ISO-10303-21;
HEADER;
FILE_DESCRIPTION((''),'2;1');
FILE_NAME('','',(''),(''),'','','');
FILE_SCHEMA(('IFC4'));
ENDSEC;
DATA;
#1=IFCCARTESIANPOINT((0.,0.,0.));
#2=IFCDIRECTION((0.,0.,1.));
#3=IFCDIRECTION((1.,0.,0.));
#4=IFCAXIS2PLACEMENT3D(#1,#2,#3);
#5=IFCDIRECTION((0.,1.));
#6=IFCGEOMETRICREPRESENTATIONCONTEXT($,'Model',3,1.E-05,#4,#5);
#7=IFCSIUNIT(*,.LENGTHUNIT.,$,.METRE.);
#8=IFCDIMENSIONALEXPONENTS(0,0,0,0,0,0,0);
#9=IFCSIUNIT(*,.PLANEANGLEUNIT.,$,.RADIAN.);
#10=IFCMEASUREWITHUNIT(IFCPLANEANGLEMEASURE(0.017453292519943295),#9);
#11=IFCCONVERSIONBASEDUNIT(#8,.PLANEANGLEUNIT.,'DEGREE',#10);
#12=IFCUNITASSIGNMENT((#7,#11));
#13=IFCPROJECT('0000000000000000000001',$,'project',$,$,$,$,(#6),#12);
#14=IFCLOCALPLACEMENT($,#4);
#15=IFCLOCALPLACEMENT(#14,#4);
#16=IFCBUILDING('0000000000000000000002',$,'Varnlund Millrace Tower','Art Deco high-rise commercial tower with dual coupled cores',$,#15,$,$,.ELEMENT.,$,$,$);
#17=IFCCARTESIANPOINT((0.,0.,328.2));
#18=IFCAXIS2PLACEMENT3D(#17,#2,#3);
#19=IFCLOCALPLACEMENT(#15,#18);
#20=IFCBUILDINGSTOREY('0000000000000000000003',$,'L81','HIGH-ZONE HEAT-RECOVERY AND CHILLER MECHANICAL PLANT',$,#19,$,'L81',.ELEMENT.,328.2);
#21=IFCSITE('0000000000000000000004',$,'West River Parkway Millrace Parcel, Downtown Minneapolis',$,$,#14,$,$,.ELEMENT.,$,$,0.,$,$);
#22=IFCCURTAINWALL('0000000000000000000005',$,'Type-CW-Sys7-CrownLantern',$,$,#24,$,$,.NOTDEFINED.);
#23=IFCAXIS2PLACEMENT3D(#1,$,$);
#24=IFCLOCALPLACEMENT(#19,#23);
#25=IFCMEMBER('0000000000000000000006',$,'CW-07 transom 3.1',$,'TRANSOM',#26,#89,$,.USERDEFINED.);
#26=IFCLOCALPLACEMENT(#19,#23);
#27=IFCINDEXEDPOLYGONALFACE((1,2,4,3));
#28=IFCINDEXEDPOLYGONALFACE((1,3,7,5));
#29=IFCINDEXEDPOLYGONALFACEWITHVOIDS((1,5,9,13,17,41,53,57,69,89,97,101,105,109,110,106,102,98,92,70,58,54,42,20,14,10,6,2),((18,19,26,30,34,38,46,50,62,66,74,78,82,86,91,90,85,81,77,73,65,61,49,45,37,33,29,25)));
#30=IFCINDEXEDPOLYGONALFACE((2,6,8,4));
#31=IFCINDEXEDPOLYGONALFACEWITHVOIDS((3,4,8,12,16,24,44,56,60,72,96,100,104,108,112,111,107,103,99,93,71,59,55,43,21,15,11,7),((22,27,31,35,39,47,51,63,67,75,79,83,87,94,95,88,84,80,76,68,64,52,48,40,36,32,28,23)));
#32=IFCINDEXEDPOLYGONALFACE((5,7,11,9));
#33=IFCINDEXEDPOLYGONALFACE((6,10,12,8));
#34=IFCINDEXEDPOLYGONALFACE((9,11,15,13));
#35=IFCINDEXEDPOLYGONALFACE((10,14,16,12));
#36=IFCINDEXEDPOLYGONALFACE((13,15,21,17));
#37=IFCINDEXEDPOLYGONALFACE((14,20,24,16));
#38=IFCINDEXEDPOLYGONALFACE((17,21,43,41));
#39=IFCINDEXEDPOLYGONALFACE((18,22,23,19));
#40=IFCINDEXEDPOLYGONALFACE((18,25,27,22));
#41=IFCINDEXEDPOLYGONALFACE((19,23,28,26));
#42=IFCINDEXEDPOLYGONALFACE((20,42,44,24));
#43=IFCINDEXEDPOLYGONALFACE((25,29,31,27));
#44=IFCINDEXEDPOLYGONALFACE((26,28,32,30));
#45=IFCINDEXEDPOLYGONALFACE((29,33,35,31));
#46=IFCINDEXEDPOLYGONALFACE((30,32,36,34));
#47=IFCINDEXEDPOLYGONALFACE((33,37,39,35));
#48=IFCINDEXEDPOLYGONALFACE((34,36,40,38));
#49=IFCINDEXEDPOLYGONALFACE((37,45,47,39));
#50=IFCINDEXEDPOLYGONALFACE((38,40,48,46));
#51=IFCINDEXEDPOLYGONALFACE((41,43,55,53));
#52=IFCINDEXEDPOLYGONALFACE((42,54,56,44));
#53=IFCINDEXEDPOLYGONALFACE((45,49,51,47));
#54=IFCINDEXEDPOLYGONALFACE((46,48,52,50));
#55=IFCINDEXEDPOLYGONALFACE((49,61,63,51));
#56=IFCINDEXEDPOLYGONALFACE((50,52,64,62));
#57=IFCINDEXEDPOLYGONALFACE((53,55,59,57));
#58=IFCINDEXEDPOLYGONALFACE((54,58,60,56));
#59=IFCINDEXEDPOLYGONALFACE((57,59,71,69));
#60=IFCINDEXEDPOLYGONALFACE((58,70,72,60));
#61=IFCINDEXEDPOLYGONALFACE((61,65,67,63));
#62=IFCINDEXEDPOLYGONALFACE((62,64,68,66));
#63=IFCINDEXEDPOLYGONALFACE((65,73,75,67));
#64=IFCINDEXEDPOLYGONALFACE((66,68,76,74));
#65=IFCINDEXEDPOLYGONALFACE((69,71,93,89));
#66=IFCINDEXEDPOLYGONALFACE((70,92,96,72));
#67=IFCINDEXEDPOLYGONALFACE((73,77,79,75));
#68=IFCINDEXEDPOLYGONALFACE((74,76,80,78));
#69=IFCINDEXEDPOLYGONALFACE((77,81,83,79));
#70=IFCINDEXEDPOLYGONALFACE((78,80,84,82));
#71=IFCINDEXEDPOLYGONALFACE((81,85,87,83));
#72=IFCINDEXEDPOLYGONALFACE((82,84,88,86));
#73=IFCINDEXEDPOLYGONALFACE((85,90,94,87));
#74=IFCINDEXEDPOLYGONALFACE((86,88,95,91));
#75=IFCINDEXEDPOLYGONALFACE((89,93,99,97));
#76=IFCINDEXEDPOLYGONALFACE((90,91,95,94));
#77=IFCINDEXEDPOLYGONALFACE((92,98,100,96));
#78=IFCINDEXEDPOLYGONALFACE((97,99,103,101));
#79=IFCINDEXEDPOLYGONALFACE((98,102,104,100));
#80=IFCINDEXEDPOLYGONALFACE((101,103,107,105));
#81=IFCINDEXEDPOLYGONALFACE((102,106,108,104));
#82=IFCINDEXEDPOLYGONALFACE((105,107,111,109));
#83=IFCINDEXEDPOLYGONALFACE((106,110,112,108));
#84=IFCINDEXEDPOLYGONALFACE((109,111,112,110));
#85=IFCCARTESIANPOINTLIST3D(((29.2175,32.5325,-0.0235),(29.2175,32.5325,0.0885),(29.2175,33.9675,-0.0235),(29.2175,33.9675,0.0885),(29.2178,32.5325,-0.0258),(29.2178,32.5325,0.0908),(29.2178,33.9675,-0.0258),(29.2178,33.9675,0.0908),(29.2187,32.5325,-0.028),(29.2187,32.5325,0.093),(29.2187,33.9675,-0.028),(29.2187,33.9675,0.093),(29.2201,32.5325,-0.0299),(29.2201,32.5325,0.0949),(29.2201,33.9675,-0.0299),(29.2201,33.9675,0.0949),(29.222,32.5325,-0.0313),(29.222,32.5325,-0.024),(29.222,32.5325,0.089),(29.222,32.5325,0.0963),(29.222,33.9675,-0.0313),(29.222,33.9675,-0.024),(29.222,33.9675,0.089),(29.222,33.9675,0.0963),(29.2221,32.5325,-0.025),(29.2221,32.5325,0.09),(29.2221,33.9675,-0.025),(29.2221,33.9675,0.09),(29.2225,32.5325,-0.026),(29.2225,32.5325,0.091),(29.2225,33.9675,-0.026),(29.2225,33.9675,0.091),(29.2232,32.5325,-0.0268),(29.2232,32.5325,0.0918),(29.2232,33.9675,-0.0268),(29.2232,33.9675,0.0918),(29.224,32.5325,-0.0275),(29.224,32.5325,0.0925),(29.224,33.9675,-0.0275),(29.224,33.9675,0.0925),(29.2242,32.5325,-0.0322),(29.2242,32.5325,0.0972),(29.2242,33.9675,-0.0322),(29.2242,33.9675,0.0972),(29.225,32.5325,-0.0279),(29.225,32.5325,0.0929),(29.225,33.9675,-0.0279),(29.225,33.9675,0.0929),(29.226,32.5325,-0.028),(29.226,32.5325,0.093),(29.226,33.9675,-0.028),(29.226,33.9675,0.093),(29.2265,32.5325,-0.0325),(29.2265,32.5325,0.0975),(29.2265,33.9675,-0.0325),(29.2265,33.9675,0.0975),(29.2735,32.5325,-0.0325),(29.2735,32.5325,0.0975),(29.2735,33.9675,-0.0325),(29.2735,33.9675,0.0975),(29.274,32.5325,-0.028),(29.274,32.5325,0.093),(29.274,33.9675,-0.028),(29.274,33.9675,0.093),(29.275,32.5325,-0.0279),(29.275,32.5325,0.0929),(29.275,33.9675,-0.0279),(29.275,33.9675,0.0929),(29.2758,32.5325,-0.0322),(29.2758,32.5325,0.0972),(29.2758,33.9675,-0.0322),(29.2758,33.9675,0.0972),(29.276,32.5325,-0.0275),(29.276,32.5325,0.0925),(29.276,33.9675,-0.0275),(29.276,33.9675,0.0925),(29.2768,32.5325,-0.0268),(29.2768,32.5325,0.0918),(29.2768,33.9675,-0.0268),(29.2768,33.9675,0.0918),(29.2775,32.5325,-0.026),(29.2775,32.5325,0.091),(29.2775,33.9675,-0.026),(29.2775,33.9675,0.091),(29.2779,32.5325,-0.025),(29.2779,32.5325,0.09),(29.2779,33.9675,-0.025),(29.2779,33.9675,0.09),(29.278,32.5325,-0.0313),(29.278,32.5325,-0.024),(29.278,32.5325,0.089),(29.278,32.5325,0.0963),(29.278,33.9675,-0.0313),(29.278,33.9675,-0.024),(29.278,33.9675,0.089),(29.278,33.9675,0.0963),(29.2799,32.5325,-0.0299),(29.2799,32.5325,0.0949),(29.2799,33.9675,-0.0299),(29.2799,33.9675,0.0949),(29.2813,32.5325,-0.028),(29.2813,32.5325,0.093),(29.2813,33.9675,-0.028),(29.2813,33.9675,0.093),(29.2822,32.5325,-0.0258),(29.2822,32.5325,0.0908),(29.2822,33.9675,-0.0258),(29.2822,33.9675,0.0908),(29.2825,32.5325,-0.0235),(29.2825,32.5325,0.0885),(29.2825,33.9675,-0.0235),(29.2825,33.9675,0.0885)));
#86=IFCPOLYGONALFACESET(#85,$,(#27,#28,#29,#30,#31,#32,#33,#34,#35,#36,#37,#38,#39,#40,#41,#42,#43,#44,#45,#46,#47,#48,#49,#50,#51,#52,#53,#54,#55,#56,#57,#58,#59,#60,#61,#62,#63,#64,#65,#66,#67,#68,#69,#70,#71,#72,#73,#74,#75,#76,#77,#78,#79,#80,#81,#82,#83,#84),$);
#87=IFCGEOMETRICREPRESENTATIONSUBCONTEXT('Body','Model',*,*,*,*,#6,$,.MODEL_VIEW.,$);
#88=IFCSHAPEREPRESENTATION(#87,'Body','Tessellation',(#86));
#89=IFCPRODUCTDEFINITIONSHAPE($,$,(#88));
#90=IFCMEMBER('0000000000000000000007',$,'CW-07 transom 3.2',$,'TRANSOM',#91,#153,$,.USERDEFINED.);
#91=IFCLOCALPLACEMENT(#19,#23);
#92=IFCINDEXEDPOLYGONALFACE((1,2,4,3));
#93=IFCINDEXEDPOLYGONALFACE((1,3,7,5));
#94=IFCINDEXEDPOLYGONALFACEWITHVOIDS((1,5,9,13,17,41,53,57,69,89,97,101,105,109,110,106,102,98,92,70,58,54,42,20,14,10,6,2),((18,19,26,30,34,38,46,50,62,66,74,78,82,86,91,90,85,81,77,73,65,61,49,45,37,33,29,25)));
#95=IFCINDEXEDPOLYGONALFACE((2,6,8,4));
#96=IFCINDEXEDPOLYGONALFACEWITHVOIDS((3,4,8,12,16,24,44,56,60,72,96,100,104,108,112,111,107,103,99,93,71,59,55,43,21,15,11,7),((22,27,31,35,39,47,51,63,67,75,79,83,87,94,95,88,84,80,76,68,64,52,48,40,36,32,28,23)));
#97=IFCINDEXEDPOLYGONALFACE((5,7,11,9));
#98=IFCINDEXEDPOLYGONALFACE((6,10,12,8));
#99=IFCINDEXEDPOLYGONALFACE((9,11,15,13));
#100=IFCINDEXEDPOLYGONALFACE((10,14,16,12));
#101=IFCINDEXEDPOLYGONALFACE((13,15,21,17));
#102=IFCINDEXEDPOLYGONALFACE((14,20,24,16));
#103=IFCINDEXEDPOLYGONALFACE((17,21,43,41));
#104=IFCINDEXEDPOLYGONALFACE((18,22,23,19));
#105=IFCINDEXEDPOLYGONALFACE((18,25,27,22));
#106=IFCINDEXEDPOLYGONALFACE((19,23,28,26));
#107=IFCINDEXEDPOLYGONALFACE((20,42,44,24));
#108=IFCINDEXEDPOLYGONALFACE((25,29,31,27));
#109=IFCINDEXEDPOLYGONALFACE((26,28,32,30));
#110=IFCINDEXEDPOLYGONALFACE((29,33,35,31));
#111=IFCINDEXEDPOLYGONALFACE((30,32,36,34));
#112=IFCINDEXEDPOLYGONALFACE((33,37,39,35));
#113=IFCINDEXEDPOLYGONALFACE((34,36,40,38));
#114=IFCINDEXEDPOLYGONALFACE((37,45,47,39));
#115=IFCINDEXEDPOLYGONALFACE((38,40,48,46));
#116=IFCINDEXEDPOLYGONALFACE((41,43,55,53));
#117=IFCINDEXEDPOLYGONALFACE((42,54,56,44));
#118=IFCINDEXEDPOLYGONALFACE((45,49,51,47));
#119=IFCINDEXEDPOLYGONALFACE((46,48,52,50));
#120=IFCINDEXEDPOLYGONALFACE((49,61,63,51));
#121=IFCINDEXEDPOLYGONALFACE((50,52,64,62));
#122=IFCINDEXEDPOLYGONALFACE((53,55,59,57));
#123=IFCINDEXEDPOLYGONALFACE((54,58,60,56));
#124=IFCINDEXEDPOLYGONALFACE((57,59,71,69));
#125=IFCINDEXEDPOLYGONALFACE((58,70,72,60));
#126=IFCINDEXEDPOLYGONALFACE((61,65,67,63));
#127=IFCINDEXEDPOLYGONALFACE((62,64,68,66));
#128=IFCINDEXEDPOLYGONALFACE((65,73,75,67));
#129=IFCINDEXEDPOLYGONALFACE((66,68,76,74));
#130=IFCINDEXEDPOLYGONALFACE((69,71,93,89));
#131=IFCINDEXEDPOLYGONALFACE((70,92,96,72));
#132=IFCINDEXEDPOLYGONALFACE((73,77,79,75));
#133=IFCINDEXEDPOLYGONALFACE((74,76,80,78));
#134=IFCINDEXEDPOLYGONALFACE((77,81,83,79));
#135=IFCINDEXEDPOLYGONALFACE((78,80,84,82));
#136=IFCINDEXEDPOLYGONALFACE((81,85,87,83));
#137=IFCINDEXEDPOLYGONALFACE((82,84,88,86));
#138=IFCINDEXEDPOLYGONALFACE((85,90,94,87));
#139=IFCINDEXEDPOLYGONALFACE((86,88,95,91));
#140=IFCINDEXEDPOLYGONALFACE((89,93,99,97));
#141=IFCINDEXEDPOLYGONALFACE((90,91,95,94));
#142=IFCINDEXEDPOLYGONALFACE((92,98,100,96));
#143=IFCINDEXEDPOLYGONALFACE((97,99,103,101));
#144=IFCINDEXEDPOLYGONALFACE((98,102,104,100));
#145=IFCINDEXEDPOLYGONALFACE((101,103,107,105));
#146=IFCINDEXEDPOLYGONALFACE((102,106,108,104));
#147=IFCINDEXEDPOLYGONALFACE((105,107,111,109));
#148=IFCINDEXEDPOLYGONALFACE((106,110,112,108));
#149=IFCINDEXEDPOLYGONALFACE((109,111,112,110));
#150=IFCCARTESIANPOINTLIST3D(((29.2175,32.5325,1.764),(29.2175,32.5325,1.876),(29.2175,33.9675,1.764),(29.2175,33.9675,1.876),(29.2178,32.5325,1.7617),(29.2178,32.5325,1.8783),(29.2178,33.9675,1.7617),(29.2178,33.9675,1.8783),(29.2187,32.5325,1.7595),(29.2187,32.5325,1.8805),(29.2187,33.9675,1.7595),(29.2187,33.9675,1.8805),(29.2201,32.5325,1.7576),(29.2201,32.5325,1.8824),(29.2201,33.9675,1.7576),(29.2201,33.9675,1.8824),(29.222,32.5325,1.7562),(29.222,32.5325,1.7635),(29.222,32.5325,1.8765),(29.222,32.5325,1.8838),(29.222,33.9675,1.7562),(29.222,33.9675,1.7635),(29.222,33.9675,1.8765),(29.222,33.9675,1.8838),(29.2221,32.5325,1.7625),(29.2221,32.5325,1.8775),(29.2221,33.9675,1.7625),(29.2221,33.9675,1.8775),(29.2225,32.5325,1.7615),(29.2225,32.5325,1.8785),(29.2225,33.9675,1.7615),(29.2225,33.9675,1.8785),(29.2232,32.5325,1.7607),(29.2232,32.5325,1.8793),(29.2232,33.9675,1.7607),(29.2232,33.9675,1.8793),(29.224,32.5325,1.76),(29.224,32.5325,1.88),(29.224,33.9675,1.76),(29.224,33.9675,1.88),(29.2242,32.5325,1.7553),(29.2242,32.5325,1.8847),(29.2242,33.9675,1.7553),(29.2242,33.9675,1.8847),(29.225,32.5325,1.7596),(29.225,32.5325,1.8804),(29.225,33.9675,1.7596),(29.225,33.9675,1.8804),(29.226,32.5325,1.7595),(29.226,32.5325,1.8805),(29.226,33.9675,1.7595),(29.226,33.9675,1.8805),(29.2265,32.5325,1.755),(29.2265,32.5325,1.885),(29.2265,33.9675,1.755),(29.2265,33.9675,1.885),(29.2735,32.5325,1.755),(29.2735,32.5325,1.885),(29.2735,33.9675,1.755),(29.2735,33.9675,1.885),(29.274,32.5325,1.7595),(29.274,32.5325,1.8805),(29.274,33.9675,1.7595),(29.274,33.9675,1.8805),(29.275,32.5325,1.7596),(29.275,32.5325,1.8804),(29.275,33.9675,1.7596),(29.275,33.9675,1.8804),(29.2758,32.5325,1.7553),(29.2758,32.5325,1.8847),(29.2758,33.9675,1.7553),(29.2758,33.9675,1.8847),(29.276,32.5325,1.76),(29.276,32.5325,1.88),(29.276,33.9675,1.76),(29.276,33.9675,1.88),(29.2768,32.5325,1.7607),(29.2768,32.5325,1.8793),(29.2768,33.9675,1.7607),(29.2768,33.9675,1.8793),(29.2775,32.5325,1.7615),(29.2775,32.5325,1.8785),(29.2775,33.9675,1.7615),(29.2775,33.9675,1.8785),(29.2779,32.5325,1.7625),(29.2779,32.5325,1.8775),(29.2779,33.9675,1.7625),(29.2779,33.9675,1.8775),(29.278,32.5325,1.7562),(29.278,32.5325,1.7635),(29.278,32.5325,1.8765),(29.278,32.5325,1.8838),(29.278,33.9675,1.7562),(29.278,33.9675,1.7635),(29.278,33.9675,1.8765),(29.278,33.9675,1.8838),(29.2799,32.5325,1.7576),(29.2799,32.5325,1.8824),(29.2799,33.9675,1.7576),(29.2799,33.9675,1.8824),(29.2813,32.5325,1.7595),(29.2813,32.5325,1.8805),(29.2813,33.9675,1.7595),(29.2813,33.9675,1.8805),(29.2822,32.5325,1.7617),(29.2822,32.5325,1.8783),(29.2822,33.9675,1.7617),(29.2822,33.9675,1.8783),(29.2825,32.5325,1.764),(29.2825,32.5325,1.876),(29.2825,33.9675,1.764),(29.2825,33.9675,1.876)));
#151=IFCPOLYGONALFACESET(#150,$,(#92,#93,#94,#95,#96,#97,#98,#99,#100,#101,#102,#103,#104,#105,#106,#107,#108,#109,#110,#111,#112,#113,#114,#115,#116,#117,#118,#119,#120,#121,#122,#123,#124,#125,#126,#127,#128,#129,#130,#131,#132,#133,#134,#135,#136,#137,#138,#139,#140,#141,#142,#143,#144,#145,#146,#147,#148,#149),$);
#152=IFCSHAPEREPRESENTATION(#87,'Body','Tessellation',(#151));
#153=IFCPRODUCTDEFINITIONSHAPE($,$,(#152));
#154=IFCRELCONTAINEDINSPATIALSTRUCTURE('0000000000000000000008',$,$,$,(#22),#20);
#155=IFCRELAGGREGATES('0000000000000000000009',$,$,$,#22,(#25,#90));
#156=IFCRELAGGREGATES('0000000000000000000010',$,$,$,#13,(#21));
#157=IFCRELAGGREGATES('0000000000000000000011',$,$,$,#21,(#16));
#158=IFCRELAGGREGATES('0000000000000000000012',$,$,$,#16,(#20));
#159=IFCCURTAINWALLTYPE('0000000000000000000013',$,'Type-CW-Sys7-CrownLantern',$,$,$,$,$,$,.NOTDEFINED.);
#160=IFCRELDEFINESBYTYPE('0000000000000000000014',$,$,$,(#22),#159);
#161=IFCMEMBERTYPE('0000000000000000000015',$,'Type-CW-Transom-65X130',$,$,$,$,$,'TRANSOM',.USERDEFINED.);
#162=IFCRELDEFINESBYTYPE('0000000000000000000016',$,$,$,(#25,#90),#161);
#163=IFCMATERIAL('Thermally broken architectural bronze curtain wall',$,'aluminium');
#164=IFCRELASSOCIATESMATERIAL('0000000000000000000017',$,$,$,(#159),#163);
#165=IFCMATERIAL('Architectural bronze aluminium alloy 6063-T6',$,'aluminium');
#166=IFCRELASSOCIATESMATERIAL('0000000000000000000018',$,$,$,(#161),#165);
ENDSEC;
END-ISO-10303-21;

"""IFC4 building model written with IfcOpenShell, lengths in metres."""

from ifc_helpers import new_model, entity, si_unit, converted_unit, direction, frame, origin_with_axes, origin_2d_with_axis, place, context, subcontext, project, spatial, hollow_rectangle, extrude, material, material_profile, profile_set, type_object, element, aggregate, save


model = new_model("IFC4")

# Units and contexts
model_context = context("Model", 3, precision=1e-05, world=origin_with_axes(), true_north=direction((0.0, 1.0)))
body_context = subcontext(model_context, "Body", "Model", "MODEL_VIEW")
ifc_project = project(units=[si_unit("LENGTHUNIT", "METRE"), converted_unit("PLANEANGLEUNIT", "DEGREE", entity("IfcPlaneAngleMeasure", 0.017453292519943295), si_unit("PLANEANGLEUNIT", "RADIAN"), dimensions=[0, 0, 0, 0, 0, 0, 0])], contexts=[model_context])

# Site, building, storey
site_placement = place(None, origin_with_axes())
site = spatial("IfcSite", under=ifc_project, at=site_placement, Name="West River Parkway Millrace Parcel, Downtown Minneapolis", CompositionType="ELEMENT", RefElevation=0.0)
building_placement = place(site_placement, origin_with_axes())
building = spatial("IfcBuilding", under=site, at=building_placement, Name="Varnlund Millrace Tower", Description="Art Deco high-rise commercial tower with dual coupled cores", CompositionType="ELEMENT")
storey_placement = place(building_placement, frame((0.0, 0.0, 328.2), z_axis=(0.0, 0.0, 1.0), x_axis=(1.0, 0.0, 0.0)))
storey = spatial("IfcBuildingStorey", under=building, at=storey_placement, Name="L81", Description="HIGH-ZONE HEAT-RECOVERY AND CHILLER MECHANICAL PLANT", LongName="L81", CompositionType="ELEMENT", Elevation=328.2)

# Curtain wall, members
ifc_material_1 = material(Name="Thermally broken architectural bronze curtain wall", Category="aluminium")
curtain_wall_type = type_object("IfcCurtainWallType", Name="Type-CW-Sys7-CrownLantern", PredefinedType="NOTDEFINED", material=ifc_material_1)
curtain_wall_1_placement = place(storey_placement, frame((29.25, 37.0, 0.0), z_axis=(0.0, 0.0, 1.0), x_axis=(1.0, 0.0, 0.0)))
curtain_wall_1 = element("IfcCurtainWall", 1, at=curtain_wall_1_placement, inside=storey, type_object=curtain_wall_type, Name="Type-CW-Sys7-CrownLantern", PredefinedType="NOTDEFINED")
ifc_material_2 = material(Name="Architectural bronze aluminium alloy 6063-T6", Category="aluminium")
ifc_material_profile_1 = material_profile(ifc_material_2, hollow_rectangle(XDim=0.065, YDim=0.13, WallThickness=0.0045, InnerFilletRadius=0.004, OuterFilletRadius=0.009, at=origin_2d_with_axis()), Name="Architectural bronze aluminium alloy 6063-T6")
ifc_profile_set_1 = profile_set([ifc_material_profile_1], Name="Architectural bronze aluminium alloy 6063-T6")
member_type = type_object("IfcMemberType", Name="Type-CW-Transom-65X130", ElementType="TRANSOM", PredefinedType="USERDEFINED", material=ifc_profile_set_1)
member_1_placement = place(storey_placement, frame((29.25, 33.9675, 0.0325), z_axis=(0.0, -1.0, 0.0), x_axis=(1.0, 0.0, 0.0)))
member_1 = element("IfcMember", 2, at=member_1_placement, type_object=member_type, Name="CW-07 transom 3.1", ObjectType="TRANSOM", PredefinedType="USERDEFINED", context=body_context, shape_type="SweptSolid", body=[
    extrude(hollow_rectangle(XDim=0.065, YDim=0.13, WallThickness=0.0045, InnerFilletRadius=0.004, OuterFilletRadius=0.009, at=origin_2d_with_axis()), origin_with_axes(), (0.0, 0.0, 1.0), 1.435),
])
member_2_placement = place(storey_placement, frame((29.25, 33.9675, 1.82), z_axis=(0.0, -1.0, 0.0), x_axis=(1.0, 0.0, 0.0)))
member_2 = element("IfcMember", 3, at=member_2_placement, type_object=member_type, Name="CW-07 transom 3.2", ObjectType="TRANSOM", PredefinedType="USERDEFINED", context=body_context, shape_type="SweptSolid", body=[
    extrude(hollow_rectangle(XDim=0.065, YDim=0.13, WallThickness=0.0045, InnerFilletRadius=0.004, OuterFilletRadius=0.009, at=origin_2d_with_axis()), origin_with_axes(), (0.0, 0.0, 1.0), 1.435),
])

aggregate(curtain_wall_1, [member_1, member_2])

save(model, "model.ifc")
